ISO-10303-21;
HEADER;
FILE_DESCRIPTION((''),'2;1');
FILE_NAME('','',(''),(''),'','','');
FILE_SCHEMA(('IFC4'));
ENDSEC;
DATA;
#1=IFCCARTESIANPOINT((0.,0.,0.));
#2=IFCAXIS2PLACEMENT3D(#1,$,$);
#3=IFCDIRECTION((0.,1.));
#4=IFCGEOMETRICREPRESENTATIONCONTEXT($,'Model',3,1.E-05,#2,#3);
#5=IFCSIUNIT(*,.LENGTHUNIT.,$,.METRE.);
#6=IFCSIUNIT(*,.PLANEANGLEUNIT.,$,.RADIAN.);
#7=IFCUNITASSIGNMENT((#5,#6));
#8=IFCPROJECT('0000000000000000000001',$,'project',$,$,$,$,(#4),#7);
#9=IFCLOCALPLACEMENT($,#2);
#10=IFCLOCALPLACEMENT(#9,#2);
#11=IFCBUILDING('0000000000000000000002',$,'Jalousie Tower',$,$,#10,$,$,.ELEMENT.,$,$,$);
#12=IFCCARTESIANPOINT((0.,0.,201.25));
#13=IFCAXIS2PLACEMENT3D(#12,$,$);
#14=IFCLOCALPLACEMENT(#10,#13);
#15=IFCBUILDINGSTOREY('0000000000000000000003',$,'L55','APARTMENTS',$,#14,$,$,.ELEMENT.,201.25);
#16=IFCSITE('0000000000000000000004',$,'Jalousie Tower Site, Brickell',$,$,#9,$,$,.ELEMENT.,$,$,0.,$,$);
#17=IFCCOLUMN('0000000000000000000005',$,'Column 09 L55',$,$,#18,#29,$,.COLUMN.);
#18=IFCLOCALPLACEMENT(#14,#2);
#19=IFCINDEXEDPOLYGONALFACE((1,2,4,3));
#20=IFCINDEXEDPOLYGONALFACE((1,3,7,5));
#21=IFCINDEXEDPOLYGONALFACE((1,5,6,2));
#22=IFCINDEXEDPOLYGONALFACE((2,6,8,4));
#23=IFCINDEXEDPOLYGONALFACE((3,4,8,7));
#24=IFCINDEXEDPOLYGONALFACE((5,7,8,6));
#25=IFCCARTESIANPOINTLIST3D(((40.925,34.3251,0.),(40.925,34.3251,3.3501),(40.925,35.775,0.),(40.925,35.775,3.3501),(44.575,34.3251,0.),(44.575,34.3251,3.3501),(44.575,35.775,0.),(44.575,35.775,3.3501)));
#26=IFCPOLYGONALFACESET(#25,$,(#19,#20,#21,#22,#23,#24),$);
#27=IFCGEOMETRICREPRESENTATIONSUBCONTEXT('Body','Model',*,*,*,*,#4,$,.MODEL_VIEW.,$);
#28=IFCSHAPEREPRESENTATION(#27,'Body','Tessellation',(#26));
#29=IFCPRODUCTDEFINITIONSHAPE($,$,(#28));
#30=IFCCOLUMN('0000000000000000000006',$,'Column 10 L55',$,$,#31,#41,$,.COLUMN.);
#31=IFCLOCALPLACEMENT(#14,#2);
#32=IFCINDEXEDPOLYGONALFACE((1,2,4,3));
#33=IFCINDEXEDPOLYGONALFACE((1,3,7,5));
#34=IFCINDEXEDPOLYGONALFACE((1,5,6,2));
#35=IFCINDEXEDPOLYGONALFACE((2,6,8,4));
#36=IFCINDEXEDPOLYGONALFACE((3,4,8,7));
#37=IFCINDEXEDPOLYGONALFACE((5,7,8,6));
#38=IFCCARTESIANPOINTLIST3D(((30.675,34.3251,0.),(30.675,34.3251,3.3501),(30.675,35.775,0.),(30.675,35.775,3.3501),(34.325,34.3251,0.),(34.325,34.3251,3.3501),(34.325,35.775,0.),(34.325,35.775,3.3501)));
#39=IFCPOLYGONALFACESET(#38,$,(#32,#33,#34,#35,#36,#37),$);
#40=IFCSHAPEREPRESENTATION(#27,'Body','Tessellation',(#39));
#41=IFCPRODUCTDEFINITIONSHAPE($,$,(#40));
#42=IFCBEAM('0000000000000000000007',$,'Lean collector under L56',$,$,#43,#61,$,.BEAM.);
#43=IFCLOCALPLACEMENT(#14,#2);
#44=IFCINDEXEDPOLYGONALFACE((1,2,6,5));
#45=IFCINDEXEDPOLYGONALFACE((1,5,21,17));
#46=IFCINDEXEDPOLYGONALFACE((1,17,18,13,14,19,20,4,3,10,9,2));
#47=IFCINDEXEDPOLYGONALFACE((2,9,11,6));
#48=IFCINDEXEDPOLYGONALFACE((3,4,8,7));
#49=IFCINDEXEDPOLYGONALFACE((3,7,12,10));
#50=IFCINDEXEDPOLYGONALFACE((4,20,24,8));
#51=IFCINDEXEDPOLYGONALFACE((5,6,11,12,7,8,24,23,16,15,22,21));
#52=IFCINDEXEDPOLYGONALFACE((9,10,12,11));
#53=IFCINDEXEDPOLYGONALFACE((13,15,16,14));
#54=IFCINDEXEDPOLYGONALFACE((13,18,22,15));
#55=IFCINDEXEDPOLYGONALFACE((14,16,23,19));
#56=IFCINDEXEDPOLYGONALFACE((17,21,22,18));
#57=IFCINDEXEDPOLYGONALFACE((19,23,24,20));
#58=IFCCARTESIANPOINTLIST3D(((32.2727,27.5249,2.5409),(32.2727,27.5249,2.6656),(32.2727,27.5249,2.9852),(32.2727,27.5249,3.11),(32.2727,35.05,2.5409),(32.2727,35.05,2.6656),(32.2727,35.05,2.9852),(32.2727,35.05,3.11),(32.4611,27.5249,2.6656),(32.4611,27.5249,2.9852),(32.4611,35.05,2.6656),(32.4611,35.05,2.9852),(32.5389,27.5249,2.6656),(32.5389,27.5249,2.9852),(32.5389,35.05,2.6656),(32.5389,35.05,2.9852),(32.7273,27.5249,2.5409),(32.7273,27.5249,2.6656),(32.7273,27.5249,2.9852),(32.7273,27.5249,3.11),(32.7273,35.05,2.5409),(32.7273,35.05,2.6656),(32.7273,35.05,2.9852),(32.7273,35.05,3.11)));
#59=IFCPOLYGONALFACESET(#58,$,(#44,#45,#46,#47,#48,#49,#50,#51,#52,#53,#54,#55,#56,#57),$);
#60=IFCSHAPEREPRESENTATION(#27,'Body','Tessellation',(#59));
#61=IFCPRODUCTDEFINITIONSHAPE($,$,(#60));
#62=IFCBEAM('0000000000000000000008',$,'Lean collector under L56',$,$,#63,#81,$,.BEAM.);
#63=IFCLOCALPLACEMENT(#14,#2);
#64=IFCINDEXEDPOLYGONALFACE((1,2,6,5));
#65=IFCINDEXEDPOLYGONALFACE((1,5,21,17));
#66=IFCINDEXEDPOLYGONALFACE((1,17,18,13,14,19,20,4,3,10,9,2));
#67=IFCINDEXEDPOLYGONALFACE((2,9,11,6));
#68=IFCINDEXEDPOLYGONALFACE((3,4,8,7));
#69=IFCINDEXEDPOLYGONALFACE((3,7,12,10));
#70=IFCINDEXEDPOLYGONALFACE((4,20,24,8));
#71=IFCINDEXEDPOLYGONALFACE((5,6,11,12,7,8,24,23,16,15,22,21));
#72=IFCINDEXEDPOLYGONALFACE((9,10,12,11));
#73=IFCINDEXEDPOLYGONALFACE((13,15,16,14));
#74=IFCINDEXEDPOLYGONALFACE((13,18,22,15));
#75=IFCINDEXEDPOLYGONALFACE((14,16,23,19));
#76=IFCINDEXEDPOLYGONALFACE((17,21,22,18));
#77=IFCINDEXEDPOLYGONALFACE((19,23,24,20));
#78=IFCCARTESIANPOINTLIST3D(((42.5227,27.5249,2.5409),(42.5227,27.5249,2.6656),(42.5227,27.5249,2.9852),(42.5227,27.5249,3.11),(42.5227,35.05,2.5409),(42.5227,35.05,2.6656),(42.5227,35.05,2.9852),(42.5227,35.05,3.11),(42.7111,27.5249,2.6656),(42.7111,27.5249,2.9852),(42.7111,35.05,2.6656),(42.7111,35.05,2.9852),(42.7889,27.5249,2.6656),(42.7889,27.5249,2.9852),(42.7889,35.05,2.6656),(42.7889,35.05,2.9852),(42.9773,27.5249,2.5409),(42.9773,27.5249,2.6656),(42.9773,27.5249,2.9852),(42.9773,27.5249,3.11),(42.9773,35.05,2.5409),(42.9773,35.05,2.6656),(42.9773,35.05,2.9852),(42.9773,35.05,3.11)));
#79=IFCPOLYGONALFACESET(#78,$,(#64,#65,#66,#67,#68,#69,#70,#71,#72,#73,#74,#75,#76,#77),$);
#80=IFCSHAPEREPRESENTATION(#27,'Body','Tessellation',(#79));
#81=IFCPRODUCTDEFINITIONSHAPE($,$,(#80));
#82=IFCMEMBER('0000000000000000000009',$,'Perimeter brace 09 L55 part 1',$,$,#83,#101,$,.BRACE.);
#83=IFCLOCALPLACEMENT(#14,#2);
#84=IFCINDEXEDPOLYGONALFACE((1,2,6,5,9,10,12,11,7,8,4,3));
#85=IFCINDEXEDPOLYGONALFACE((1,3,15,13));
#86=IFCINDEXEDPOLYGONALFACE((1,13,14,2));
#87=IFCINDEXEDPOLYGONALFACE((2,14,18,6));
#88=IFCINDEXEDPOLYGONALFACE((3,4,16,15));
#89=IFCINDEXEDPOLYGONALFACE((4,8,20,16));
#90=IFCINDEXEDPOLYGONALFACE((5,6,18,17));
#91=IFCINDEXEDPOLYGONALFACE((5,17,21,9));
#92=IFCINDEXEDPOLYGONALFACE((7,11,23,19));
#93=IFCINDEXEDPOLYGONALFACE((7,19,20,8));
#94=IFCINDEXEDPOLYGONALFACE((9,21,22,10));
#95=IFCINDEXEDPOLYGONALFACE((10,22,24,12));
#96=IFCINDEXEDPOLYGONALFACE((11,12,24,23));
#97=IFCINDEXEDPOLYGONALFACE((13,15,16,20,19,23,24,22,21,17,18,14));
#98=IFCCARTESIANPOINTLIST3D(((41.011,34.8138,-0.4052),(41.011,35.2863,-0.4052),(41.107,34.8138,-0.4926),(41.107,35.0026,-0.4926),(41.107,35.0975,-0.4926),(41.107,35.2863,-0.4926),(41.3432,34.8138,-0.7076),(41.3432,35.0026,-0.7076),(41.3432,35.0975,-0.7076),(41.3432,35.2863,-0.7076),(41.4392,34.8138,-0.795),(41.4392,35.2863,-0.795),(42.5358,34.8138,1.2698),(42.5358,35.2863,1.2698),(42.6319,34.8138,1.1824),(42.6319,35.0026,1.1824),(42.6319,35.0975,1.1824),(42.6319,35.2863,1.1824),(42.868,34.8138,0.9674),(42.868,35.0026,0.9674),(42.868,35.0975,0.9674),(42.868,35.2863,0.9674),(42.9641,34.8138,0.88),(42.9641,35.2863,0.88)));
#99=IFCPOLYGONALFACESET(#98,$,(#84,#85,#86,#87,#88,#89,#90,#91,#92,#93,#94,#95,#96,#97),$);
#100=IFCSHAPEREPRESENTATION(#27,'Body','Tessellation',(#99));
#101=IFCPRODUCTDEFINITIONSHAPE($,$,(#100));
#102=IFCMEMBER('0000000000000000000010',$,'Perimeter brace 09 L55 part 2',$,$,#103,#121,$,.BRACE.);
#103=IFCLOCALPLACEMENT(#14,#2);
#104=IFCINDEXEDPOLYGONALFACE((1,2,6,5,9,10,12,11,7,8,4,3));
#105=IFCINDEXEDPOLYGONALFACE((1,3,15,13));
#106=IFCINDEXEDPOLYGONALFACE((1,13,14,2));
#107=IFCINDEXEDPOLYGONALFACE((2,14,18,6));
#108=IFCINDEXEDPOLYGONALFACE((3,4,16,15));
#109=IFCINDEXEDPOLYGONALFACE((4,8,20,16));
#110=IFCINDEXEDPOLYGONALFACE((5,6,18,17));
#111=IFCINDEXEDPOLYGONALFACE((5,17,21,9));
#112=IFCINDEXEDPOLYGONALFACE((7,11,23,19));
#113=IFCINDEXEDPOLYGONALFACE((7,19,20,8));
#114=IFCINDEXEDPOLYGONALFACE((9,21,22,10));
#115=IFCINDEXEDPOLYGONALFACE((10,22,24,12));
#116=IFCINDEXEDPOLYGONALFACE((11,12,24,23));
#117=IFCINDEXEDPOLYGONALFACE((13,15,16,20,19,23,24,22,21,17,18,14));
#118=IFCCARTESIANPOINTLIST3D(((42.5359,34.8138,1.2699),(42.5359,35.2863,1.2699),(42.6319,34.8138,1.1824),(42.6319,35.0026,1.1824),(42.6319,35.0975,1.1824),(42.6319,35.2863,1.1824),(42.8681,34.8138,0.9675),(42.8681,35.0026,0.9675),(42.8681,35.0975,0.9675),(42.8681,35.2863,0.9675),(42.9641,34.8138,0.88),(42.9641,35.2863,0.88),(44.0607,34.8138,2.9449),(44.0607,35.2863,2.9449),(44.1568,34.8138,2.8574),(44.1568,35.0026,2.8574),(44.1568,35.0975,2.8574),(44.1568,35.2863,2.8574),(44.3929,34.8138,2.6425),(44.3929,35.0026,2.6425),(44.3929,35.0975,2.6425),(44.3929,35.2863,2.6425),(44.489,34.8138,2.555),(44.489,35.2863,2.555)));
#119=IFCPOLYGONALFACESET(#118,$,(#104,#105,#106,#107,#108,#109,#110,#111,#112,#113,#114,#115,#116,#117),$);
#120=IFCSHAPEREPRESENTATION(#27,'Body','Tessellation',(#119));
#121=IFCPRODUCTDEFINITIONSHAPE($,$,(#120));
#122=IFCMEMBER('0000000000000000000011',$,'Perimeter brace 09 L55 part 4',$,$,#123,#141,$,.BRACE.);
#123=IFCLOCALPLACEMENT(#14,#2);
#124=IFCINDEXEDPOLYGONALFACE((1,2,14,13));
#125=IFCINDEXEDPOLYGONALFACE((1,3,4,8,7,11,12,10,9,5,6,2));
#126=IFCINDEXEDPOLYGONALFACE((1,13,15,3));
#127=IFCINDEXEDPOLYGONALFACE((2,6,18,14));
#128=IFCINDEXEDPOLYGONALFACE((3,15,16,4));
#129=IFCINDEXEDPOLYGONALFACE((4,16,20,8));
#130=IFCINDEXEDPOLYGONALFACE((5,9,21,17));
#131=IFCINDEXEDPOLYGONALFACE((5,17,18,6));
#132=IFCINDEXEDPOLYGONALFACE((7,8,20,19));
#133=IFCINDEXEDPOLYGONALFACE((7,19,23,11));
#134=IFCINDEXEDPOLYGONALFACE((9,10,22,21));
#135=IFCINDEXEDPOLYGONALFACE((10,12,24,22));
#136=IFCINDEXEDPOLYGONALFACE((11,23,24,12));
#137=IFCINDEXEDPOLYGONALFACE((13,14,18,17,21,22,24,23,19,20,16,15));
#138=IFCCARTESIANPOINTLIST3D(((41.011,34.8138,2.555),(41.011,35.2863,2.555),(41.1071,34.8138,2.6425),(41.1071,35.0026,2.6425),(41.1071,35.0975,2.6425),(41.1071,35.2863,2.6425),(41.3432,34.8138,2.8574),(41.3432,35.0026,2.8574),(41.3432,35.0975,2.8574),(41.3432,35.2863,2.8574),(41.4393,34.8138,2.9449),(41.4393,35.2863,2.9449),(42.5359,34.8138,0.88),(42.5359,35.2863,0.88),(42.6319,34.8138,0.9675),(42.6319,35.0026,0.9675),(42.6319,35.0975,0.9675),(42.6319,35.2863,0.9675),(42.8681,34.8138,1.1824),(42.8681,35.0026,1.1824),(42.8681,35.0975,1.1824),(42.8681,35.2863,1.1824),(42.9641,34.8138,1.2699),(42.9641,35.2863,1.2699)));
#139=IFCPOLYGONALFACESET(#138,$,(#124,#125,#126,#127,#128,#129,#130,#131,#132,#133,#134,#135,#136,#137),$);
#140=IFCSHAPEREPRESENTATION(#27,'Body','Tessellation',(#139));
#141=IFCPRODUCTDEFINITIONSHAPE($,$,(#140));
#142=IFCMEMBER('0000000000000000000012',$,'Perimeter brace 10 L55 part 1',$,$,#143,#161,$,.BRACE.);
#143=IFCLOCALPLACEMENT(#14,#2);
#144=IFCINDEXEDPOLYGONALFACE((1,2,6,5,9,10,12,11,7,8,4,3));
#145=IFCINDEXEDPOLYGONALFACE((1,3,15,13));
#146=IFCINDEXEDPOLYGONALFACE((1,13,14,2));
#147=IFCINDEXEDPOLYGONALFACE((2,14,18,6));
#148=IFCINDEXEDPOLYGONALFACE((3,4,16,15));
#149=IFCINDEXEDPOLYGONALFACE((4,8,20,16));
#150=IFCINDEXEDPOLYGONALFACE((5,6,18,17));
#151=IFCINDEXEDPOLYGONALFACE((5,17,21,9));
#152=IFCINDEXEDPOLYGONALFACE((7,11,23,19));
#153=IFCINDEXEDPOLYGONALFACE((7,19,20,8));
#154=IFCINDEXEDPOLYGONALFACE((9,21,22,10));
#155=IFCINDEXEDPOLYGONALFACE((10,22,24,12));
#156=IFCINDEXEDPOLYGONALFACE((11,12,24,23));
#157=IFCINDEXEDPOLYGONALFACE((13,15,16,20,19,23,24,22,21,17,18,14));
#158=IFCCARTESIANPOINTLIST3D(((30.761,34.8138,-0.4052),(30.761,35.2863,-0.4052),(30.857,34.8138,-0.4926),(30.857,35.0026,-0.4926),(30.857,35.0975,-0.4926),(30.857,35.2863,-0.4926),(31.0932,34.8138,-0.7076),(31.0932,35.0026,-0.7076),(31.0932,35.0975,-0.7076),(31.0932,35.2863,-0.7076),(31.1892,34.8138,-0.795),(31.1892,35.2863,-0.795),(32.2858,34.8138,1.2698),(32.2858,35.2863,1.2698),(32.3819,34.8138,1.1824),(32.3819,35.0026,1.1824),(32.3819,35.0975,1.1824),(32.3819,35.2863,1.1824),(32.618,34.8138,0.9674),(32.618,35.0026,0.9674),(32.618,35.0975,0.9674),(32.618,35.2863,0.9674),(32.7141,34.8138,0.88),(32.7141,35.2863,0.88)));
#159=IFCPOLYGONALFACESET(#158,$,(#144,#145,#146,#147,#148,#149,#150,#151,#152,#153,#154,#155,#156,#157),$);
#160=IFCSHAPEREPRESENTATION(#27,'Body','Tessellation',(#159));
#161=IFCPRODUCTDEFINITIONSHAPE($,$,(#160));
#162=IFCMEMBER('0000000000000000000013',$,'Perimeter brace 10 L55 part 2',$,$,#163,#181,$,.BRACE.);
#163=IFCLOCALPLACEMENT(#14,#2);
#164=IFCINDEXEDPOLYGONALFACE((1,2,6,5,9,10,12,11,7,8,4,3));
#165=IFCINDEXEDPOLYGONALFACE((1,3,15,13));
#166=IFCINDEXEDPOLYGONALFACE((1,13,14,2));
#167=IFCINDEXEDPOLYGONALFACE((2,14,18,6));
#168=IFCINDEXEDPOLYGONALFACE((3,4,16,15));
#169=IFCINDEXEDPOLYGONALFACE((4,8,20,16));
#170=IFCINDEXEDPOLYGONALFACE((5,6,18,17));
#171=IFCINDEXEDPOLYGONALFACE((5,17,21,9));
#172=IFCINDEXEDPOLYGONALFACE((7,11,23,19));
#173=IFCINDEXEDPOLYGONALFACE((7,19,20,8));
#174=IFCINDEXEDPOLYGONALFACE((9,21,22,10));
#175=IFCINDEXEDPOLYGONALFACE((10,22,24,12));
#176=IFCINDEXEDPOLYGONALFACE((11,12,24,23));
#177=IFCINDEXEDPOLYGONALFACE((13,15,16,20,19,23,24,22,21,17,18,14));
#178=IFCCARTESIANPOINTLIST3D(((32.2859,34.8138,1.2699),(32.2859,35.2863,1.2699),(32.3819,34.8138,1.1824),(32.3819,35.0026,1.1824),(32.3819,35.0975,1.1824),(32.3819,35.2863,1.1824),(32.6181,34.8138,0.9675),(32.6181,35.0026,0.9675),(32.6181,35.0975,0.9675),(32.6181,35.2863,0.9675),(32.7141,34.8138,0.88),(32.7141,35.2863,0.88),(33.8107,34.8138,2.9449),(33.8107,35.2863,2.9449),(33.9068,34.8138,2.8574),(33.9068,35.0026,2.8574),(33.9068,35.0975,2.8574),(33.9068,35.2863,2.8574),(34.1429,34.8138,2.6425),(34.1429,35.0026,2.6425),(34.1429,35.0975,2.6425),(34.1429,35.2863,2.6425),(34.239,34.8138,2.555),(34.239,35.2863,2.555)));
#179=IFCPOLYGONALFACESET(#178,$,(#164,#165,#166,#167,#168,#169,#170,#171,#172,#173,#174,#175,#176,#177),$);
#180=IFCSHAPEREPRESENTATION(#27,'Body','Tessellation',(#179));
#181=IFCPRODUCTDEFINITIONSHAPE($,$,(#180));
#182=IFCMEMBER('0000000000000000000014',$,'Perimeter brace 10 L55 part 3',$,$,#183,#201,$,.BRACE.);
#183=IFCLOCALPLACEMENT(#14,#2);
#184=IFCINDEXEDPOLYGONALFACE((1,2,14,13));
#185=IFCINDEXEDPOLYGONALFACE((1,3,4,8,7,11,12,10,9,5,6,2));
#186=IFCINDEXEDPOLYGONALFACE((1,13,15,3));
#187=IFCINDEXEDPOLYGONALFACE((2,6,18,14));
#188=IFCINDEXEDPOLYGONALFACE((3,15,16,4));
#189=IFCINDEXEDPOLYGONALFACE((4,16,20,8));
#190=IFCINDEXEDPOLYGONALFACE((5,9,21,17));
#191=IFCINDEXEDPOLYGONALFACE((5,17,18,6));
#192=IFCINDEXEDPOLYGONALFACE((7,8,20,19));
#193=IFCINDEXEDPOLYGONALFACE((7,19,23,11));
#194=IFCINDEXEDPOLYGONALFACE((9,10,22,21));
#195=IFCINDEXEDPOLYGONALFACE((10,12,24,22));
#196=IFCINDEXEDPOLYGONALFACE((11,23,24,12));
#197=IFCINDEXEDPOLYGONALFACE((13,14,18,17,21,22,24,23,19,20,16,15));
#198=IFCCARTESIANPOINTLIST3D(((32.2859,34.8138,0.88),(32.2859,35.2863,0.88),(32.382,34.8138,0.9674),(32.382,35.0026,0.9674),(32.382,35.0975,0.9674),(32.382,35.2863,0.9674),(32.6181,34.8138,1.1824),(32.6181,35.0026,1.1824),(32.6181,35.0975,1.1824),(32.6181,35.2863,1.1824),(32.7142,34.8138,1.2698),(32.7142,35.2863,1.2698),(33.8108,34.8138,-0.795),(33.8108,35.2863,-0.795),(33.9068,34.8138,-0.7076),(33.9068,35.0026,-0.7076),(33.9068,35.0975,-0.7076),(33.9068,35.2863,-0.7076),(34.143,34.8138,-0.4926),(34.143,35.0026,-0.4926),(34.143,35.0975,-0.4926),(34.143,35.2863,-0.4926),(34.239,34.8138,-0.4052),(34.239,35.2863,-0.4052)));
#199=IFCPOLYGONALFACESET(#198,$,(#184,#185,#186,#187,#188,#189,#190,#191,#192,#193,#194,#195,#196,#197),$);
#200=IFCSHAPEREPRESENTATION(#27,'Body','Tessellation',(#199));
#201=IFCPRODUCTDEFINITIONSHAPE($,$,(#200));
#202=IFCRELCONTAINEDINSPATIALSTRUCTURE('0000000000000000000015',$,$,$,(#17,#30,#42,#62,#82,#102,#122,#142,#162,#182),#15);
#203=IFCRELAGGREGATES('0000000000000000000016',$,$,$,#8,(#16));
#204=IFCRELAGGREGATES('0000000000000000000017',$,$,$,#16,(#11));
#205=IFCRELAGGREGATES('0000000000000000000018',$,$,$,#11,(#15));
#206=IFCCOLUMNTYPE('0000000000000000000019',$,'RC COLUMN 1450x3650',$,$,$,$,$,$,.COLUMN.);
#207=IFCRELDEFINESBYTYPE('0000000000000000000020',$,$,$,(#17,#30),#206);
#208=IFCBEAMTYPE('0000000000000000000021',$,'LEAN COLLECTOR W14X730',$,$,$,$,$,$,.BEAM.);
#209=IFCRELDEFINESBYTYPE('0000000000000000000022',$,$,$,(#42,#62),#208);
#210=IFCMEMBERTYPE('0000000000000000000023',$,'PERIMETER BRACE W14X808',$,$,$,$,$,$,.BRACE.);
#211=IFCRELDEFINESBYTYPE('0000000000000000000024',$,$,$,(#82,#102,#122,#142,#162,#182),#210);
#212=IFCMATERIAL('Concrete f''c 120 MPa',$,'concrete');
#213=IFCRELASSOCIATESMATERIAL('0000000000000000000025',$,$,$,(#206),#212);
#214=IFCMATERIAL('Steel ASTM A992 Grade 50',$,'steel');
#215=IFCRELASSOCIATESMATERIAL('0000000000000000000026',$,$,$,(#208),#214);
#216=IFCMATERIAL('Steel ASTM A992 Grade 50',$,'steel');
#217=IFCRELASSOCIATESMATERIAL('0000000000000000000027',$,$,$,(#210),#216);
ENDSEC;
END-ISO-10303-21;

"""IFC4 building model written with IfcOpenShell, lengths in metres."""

from ifc_helpers import new_model, si_unit, direction, frame, origin, origin_2d, place, context, subcontext, project, spatial, rectangle, i_section, extrude, material, material_profile, profile_set, type_object, element, save


model = new_model("IFC4")

# Units and contexts
model_context = context("Model", 3, precision=1e-05, world=origin(), true_north=direction((0.0, 1.0)))
body_context = subcontext(model_context, "Body", "Model", "MODEL_VIEW")
ifc_project = project(units=[si_unit("LENGTHUNIT", "METRE"), si_unit("PLANEANGLEUNIT", "RADIAN")], contexts=[model_context])

# Site, building, storey
site_placement = place(None, origin())
site = spatial("IfcSite", under=ifc_project, at=site_placement, Name="Jalousie Tower Site, Brickell", CompositionType="ELEMENT", RefElevation=0.0)
building_placement = place(site_placement, origin())
building = spatial("IfcBuilding", under=site, at=building_placement, Name="Jalousie Tower", CompositionType="ELEMENT")
storey_placement = place(building_placement, frame((0.0, 0.0, 201.25)))
storey = spatial("IfcBuildingStorey", under=building, at=storey_placement, Name="L55", Description="APARTMENTS", CompositionType="ELEMENT", Elevation=201.25)

# Columns
ifc_material_1 = material(Name="Concrete f'c 120 MPa", Category="concrete")
ifc_material_profile_1 = material_profile(ifc_material_1, rectangle(XDim=1.45, YDim=3.6499, at=origin_2d()), Name="RC 1450x3650")
ifc_profile_set_1 = profile_set([ifc_material_profile_1], Name="Concrete f'c 120 MPa")
column_type = type_object("IfcColumnType", Name="RC COLUMN 1450x3650", PredefinedType="COLUMN", material=ifc_profile_set_1)
for number, where, z_axis, x_axis, name in (
    (1, (42.75, 35.05, 0.0), (0.0, 0.0, 1.0), (0.0, 1.0, 0.0), "Column 09 L55"),
    (2, (32.5, 35.05, 0.0), (0.0, 0.0, 1.0), (0.0, 1.0, 0.0), "Column 10 L55"),
):
    element("IfcColumn", number, at=place(storey_placement, frame(where, z_axis=z_axis, x_axis=x_axis)), inside=storey, type_object=column_type, Name=name, PredefinedType="COLUMN", context=body_context, shape_type="SweptSolid", body=[
        extrude(rectangle(XDim=1.45, YDim=3.6499, at=origin_2d()), origin(), (0.0, 0.0, 1.0), 3.3501),
    ])

# Beams
ifc_material_2 = material(Name="Steel ASTM A992 Grade 50", Category="steel")
ifc_material_profile_2 = material_profile(ifc_material_2, i_section(OverallWidth=0.4546, OverallDepth=0.5691, WebThickness=0.0779, FlangeThickness=0.1248, at=origin_2d()), Name="W14X730")
ifc_profile_set_2 = profile_set([ifc_material_profile_2], Name="Steel ASTM A992 Grade 50")
beam_type_1 = type_object("IfcBeamType", Name="LEAN COLLECTOR W14X730", PredefinedType="BEAM", material=ifc_profile_set_2)
for number, where, z_axis, x_axis, name in (
    (3, (32.5, 35.05, 2.8254), (0.0, -1.0, 0.0), (1.0, 0.0, 0.0), "Lean collector under L56"),
    (4, (42.75, 35.05, 2.8254), (0.0, -1.0, 0.0), (1.0, 0.0, 0.0), "Lean collector under L56"),
):
    element("IfcBeam", number, at=place(storey_placement, frame(where, z_axis=z_axis, x_axis=x_axis)), inside=storey, type_object=beam_type_1, Name=name, PredefinedType="BEAM", context=body_context, shape_type="SweptSolid", body=[
        extrude(i_section(OverallWidth=0.4546, OverallDepth=0.5691, WebThickness=0.0779, FlangeThickness=0.1248, at=origin_2d()), origin(), (0.0, 0.0, 1.0), 7.5251),
    ])

# Members
ifc_material_3 = material(Name="Steel ASTM A992 Grade 50", Category="steel")
ifc_material_profile_3 = material_profile(ifc_material_3, i_section(OverallWidth=0.4724, OverallDepth=0.5791, WebThickness=0.095, FlangeThickness=0.1299, at=origin_2d()), Name="W14X808")
ifc_profile_set_3 = profile_set([ifc_material_profile_3], Name="Steel ASTM A992 Grade 50")
member_type_1 = type_object("IfcMemberType", Name="PERIMETER BRACE W14X808", PredefinedType="BRACE", material=ifc_profile_set_3)
for number, where, z_axis, x_axis, name in (
    (5, (41.2251, 35.05, -0.6001), (0.673188, 0.0, 0.739472), (0.0, 1.0, 0.0), "Perimeter brace 09 L55 part 1"),
    (6, (42.75, 35.05, 1.075), (0.673188, 0.0, 0.739472), (0.0, 1.0, 0.0), "Perimeter brace 09 L55 part 2"),
    (7, (42.75, 35.05, 1.075), (-0.673188, 0.0, 0.739472), (0.0, -1.0, 0.0), "Perimeter brace 09 L55 part 4"),
    (8, (30.9751, 35.05, -0.6001), (0.673188, 0.0, 0.739472), (0.0, 1.0, 0.0), "Perimeter brace 10 L55 part 1"),
    (9, (32.5, 35.05, 1.075), (0.673188, 0.0, 0.739472), (0.0, 1.0, 0.0), "Perimeter brace 10 L55 part 2"),
    (10, (34.0249, 35.05, -0.6001), (-0.673188, 0.0, 0.739472), (0.0, -1.0, 0.0), "Perimeter brace 10 L55 part 3"),
):
    element("IfcMember", number, at=place(storey_placement, frame(where, z_axis=z_axis, x_axis=x_axis)), inside=storey, type_object=member_type_1, Name=name, PredefinedType="BRACE", context=body_context, shape_type="SweptSolid", body=[
        extrude(i_section(OverallWidth=0.4724, OverallDepth=0.5791, WebThickness=0.095, FlangeThickness=0.1299, at=origin_2d()), origin(), (0.0, 0.0, 1.0), 2.2651),
    ])

save(model, "model.ifc")
